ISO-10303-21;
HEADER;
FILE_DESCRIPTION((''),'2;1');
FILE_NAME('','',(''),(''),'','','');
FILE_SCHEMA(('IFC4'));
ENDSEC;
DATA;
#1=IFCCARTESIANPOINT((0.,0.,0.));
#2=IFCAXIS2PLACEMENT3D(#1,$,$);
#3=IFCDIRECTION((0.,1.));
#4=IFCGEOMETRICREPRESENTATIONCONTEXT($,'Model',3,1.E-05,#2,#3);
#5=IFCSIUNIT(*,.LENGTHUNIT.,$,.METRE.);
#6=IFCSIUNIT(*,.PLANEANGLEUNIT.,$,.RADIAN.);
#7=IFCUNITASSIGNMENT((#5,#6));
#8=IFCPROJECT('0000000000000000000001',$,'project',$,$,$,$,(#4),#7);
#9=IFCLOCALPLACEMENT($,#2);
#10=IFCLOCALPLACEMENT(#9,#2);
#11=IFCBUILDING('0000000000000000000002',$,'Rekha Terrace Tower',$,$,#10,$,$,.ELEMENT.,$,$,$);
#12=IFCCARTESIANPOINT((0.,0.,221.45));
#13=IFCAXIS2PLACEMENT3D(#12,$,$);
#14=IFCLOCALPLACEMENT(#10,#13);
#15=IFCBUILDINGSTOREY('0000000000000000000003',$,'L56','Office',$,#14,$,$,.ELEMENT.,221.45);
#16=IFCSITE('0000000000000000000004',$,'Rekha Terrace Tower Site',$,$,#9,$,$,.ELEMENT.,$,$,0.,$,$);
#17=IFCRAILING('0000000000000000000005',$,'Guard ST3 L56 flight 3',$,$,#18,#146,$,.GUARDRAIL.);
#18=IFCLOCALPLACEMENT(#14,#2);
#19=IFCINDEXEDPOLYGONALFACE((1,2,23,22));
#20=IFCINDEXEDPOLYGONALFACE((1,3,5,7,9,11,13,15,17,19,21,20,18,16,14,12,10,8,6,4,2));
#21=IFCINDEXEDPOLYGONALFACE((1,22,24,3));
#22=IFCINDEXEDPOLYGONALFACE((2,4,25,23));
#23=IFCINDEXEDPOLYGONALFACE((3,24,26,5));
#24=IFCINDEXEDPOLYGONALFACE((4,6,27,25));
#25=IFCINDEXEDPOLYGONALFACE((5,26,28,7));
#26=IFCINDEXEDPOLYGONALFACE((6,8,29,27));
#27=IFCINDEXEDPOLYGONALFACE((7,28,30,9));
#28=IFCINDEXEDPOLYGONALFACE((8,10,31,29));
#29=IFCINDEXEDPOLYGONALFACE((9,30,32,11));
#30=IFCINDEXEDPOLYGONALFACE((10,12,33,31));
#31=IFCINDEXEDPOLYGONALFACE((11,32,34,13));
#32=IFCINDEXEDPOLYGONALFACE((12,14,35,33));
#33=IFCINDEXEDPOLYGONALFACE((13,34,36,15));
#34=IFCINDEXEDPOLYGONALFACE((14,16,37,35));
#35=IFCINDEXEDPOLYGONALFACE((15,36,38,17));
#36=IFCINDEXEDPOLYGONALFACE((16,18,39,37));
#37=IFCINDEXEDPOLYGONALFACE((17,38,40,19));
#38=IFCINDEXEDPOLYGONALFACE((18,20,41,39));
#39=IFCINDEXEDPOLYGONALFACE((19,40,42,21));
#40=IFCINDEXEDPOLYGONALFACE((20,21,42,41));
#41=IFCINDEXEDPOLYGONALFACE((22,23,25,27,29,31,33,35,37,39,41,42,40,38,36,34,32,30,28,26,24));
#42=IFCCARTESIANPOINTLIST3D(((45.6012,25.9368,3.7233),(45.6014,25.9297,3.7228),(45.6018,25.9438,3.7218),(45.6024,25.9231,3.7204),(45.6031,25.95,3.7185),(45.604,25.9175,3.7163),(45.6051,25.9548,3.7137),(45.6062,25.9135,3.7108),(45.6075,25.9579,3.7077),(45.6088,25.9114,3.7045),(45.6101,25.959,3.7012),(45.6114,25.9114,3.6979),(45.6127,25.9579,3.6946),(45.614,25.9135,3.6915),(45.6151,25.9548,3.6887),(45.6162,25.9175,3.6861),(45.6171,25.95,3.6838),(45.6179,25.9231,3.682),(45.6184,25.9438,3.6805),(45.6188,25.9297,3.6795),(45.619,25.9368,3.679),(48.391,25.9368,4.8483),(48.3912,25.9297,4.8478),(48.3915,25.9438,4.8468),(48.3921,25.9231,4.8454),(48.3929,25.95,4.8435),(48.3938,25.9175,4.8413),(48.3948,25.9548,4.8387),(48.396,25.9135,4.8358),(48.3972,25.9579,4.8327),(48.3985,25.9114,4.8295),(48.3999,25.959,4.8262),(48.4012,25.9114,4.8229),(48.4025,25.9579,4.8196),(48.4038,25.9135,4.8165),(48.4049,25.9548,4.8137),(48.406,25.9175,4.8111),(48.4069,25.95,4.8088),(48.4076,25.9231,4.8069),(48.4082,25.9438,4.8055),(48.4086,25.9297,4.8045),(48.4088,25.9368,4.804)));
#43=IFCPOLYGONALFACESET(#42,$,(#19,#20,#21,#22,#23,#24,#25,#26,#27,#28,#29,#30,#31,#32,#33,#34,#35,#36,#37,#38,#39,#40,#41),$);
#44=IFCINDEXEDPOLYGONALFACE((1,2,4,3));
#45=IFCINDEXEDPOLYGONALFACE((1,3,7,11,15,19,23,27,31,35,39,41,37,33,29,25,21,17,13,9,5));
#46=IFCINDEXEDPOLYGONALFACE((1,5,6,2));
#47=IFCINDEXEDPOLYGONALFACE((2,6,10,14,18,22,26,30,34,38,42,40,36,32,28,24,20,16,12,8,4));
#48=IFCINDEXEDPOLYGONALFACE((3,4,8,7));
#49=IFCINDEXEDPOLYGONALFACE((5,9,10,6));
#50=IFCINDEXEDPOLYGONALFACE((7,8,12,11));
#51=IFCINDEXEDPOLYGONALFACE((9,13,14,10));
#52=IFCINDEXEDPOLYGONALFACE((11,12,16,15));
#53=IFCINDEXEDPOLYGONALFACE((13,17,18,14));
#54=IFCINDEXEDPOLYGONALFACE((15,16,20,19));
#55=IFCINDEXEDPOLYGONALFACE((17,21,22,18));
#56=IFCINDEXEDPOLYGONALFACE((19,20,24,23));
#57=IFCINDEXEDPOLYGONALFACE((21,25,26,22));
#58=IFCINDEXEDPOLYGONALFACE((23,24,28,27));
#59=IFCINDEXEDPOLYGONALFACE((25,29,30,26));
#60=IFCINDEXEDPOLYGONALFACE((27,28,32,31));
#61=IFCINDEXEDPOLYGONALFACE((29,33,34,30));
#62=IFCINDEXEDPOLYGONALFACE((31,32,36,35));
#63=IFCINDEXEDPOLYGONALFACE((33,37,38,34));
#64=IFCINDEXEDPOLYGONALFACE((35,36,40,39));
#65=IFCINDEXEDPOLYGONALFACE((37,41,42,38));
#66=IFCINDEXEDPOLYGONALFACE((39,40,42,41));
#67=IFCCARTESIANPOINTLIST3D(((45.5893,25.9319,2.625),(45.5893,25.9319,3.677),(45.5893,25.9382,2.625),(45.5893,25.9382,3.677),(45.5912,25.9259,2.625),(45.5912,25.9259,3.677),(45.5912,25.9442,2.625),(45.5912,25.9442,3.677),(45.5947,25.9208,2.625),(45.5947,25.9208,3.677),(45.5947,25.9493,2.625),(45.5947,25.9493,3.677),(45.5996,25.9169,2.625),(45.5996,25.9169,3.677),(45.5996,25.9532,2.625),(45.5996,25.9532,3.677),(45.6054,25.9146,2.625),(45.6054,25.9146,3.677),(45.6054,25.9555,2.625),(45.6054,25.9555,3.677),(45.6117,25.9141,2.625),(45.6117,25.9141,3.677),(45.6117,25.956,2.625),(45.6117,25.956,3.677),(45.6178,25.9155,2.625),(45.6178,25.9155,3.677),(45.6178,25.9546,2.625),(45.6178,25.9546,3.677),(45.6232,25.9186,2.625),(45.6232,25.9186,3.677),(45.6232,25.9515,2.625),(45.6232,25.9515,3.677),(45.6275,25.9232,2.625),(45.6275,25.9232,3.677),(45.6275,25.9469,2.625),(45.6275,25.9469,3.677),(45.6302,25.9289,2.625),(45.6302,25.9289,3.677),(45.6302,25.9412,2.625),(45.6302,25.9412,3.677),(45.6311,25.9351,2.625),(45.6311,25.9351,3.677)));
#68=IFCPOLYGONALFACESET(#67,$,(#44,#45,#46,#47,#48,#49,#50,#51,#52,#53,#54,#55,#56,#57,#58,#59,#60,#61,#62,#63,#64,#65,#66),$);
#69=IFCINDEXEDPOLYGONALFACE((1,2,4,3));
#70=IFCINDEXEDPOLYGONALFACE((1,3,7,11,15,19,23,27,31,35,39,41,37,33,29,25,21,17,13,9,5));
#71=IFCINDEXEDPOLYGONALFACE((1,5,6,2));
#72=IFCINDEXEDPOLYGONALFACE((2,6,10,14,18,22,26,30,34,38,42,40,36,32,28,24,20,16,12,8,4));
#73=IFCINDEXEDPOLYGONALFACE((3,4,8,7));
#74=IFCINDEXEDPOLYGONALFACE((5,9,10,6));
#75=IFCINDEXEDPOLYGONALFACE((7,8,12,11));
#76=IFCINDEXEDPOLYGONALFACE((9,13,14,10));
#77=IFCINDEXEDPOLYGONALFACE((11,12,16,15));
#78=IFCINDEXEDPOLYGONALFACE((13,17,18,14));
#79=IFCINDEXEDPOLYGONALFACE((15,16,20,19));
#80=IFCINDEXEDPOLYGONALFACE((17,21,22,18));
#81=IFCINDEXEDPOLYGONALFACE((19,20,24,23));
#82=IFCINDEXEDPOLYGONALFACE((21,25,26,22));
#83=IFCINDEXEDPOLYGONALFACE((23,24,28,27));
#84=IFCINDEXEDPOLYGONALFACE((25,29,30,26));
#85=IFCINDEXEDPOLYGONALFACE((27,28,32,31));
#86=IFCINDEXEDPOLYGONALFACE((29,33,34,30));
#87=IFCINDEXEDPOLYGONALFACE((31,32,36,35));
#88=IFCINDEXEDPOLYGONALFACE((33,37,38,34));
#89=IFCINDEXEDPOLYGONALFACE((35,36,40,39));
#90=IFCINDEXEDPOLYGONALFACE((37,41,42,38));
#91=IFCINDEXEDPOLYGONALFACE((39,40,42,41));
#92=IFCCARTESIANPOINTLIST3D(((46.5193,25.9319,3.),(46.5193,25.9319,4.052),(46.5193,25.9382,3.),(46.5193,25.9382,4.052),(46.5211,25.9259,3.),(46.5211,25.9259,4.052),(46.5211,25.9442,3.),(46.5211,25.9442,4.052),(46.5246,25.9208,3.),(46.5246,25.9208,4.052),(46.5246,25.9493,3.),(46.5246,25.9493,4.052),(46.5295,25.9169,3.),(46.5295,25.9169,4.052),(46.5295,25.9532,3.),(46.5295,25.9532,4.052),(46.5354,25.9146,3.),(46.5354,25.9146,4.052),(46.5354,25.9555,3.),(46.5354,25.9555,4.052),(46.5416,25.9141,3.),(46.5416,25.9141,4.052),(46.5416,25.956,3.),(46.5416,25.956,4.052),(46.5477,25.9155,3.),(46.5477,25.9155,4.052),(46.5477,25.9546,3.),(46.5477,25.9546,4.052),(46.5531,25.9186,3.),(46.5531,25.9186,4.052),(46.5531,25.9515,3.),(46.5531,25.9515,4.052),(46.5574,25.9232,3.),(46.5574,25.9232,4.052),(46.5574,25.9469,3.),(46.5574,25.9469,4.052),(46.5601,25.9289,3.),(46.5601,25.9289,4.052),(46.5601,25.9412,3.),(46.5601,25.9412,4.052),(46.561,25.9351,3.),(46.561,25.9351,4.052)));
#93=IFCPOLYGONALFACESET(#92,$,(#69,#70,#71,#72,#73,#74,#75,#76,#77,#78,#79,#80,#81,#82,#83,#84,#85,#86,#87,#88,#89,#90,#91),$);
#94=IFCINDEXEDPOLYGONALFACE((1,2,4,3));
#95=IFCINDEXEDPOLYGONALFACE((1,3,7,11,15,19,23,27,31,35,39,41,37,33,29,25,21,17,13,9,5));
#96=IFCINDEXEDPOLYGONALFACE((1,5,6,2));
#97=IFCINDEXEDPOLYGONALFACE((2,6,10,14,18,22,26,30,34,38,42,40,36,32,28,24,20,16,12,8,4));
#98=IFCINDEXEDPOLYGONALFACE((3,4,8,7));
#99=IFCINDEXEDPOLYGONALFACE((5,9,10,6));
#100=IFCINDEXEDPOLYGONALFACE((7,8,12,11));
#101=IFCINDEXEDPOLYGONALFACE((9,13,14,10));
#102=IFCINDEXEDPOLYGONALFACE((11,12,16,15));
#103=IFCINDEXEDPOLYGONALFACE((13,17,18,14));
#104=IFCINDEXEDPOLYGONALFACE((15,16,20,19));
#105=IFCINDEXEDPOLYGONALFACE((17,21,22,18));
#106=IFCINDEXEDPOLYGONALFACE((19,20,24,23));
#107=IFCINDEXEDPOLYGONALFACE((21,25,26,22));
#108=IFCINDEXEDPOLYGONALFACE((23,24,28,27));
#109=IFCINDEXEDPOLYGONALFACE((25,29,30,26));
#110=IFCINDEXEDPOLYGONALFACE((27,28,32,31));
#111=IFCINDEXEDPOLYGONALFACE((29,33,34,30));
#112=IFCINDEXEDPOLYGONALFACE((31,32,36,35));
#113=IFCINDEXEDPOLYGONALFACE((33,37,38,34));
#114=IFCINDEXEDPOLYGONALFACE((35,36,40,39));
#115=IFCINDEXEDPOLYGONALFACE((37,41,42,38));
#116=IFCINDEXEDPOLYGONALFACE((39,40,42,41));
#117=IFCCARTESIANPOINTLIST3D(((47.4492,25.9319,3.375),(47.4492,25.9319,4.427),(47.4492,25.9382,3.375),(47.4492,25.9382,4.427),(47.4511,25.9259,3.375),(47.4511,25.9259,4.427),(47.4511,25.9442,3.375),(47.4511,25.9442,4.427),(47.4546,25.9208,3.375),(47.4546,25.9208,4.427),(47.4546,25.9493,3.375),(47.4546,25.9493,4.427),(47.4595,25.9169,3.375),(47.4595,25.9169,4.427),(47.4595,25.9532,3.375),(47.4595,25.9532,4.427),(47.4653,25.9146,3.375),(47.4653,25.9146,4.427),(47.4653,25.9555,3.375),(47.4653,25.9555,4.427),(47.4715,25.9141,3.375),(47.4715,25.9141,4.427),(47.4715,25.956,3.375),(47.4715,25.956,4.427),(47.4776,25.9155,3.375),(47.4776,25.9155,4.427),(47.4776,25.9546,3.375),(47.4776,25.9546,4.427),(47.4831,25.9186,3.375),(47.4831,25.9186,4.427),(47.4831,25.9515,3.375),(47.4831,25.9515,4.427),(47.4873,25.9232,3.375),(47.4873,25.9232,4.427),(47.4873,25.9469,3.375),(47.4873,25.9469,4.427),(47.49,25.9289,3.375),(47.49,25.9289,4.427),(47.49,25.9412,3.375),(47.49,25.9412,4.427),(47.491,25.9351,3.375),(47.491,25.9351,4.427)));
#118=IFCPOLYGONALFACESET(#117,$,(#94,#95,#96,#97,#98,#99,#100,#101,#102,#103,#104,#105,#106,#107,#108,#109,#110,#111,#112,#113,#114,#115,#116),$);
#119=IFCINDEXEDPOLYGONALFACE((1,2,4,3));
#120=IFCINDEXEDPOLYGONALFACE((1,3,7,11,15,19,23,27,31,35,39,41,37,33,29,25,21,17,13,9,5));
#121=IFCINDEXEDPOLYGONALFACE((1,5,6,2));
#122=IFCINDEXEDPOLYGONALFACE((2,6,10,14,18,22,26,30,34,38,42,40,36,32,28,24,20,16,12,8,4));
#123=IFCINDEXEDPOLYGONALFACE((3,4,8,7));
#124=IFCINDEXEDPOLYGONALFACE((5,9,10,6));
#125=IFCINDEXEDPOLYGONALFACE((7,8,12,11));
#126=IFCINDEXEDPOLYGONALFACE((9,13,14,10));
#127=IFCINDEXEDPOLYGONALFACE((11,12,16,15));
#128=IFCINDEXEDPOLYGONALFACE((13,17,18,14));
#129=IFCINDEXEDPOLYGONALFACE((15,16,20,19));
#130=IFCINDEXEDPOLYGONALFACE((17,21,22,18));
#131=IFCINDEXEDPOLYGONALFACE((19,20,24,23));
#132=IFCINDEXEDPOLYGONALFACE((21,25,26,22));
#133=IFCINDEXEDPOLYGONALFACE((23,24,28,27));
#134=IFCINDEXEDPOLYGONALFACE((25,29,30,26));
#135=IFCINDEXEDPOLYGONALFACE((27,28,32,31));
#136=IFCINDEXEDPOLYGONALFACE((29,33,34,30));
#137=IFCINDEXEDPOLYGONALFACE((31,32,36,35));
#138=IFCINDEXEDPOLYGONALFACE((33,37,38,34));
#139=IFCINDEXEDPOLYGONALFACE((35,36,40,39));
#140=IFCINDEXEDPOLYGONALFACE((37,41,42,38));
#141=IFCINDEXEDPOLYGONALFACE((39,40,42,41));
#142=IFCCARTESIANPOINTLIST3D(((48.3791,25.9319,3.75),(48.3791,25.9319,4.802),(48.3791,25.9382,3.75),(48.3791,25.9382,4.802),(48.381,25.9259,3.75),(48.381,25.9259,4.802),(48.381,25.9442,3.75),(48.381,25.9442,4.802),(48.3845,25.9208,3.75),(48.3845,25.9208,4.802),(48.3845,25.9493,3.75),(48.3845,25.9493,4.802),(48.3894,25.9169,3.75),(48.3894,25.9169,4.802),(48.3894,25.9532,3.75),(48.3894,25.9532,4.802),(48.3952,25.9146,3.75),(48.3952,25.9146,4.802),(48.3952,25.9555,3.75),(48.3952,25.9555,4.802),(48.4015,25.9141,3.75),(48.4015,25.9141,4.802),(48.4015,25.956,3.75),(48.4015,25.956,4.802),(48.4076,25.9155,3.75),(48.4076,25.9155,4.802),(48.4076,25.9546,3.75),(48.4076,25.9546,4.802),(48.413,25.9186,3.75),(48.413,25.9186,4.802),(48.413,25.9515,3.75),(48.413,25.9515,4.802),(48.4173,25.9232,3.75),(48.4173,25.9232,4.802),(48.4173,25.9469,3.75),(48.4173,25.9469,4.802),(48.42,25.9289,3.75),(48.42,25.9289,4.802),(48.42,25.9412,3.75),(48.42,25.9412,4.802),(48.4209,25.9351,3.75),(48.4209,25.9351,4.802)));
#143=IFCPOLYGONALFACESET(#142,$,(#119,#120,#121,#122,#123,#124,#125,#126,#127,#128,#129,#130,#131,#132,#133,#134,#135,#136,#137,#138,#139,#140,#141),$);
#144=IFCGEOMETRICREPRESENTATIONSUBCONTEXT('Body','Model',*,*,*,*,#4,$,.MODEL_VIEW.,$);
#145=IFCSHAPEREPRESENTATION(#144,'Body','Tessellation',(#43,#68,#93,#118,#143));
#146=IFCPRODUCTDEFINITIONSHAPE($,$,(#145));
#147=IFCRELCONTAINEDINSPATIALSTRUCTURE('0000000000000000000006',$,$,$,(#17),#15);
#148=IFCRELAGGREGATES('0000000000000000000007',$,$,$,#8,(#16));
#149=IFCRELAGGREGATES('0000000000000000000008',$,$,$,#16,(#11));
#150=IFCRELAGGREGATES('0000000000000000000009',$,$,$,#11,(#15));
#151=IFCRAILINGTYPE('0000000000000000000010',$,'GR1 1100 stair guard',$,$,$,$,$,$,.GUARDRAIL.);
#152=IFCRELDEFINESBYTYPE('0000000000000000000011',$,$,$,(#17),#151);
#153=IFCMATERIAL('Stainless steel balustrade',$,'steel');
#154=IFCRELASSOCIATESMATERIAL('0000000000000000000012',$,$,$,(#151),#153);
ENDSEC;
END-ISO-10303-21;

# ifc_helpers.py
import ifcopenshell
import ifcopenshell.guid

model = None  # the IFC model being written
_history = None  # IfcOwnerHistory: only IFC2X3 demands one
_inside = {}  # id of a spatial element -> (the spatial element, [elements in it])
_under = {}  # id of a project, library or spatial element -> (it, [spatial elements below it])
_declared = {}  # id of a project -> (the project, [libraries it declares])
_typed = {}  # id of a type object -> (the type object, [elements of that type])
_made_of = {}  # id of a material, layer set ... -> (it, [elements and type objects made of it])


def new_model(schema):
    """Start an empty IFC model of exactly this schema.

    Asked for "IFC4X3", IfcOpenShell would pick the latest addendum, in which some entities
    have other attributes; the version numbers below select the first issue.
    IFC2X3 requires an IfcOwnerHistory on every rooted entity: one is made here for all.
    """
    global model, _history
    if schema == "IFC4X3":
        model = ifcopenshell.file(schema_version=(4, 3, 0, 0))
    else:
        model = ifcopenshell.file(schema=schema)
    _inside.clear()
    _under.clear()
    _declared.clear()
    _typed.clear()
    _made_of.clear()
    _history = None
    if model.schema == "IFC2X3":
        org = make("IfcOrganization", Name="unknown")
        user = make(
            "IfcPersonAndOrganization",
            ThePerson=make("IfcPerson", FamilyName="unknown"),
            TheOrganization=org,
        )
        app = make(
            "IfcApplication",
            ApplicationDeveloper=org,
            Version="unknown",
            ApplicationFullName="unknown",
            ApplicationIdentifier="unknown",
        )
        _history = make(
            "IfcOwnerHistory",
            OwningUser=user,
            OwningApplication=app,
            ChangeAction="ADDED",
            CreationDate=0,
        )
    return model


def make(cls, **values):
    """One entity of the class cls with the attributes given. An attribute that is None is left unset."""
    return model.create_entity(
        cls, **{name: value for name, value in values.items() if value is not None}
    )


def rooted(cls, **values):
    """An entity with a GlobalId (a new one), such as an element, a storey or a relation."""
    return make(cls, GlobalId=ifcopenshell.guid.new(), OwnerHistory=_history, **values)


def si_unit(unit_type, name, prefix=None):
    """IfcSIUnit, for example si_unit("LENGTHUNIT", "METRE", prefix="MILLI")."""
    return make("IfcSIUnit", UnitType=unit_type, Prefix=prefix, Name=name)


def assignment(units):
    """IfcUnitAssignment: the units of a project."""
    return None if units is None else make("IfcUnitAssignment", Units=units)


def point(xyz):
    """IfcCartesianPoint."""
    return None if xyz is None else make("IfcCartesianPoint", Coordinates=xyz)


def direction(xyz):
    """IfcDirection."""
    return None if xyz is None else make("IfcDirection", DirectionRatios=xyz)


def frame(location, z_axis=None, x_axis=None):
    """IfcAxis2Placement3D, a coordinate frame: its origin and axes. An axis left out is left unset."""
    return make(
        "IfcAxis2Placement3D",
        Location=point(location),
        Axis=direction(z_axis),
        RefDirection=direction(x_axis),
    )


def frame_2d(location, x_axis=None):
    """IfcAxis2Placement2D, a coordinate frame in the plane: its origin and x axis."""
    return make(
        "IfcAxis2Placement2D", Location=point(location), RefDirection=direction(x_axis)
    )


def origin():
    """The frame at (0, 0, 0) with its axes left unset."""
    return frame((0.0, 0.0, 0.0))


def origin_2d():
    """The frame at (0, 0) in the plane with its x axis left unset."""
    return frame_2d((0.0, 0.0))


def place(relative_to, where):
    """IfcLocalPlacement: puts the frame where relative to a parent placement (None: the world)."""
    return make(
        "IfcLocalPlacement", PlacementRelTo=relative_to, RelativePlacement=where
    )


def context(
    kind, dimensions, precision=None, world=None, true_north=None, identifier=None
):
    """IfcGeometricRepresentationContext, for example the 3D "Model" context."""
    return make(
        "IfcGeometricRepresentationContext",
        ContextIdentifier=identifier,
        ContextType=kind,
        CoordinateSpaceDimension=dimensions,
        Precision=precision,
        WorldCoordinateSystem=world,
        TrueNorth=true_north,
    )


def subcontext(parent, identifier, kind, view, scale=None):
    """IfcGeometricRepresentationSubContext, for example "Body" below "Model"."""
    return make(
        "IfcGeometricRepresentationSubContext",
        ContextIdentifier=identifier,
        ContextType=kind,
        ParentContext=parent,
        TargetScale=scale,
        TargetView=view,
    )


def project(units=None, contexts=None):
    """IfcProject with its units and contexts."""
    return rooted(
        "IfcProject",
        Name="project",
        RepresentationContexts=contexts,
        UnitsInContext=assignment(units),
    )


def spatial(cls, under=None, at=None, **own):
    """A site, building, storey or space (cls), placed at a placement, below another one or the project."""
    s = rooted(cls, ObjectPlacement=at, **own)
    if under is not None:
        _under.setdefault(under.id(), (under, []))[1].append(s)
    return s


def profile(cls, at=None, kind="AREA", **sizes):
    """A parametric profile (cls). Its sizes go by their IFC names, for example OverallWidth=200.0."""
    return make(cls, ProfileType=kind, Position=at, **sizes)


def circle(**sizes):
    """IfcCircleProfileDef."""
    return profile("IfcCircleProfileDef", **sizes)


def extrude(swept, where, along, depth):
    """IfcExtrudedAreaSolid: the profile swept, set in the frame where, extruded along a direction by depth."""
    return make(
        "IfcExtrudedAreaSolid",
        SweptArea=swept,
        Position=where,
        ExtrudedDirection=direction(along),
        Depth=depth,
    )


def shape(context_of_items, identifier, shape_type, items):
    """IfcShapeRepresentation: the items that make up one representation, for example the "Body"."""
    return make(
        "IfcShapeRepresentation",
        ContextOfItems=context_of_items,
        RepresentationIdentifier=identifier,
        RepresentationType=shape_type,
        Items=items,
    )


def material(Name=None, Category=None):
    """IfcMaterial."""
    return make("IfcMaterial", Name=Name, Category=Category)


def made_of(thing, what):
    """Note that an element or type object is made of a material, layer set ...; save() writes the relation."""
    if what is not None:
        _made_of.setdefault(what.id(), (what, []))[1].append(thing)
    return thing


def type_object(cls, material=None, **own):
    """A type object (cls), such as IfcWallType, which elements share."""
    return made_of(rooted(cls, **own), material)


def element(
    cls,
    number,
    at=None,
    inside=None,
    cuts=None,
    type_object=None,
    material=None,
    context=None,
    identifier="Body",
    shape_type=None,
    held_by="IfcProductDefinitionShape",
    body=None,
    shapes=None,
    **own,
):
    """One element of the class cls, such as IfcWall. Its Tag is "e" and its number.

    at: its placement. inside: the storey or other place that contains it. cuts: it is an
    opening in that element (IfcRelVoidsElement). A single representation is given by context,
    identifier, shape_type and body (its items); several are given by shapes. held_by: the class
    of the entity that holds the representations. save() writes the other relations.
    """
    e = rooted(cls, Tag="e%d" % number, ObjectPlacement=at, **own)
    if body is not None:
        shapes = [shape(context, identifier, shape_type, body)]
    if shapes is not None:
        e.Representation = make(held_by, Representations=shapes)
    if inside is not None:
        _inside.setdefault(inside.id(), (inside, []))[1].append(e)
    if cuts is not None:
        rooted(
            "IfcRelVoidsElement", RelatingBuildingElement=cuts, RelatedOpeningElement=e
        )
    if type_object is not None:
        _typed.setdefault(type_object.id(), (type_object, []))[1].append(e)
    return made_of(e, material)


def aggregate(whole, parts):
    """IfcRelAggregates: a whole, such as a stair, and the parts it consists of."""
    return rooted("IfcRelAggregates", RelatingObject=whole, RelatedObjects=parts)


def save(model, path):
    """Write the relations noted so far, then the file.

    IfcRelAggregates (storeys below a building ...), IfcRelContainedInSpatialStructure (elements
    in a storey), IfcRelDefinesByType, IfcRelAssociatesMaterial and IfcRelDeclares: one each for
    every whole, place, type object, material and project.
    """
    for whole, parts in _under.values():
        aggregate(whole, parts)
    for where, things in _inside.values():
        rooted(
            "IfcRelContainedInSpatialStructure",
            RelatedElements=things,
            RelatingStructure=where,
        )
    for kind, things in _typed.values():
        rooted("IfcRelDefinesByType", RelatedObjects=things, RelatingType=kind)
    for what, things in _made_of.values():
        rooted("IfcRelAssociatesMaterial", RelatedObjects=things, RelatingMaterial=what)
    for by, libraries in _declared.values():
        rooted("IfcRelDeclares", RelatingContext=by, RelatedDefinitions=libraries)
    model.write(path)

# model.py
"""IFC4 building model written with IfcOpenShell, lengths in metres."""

from ifc_helpers import new_model, si_unit, direction, frame, origin, origin_2d, place, context, subcontext, project, spatial, circle, extrude, material, type_object, element, save


model = new_model("IFC4")

# Units and contexts
model_context = context("Model", 3, precision=1e-05, world=origin(), true_north=direction((0.0, 1.0)))
body_context = subcontext(model_context, "Body", "Model", "MODEL_VIEW")
ifc_project = project(units=[si_unit("LENGTHUNIT", "METRE"), si_unit("PLANEANGLEUNIT", "RADIAN")], contexts=[model_context])

# Site, building, storey
site_placement = place(None, origin())
site = spatial("IfcSite", under=ifc_project, at=site_placement, Name="Rekha Terrace Tower Site", CompositionType="ELEMENT", RefElevation=0.0)
building_placement = place(site_placement, origin())
building = spatial("IfcBuilding", under=site, at=building_placement, Name="Rekha Terrace Tower", CompositionType="ELEMENT")
storey_placement = place(building_placement, frame((0.0, 0.0, 221.45)))
storey = spatial("IfcBuildingStorey", under=building, at=storey_placement, Name="L56", Description="Office", CompositionType="ELEMENT", Elevation=221.45)

# Railing
ifc_material_1 = material(Name="Stainless steel balustrade", Category="steel")
railing_type_1 = type_object("IfcRailingType", Name="GR1 1100 stair guard", PredefinedType="GUARDRAIL", material=ifc_material_1)
railing_1_placement = place(storey_placement, frame((45.6101, 25.9351, 2.625)))
element("IfcRailing", 1, at=railing_1_placement, inside=storey, type_object=railing_type_1, Name="Guard ST3 L56 flight 3", PredefinedType="GUARDRAIL", context=body_context, shape_type="SweptSolid", body=[
    extrude(circle(Radius=0.0239, at=origin_2d()), frame((0.0, 0.0, 1.0762), z_axis=(0.927432, 0.0, 0.373992), x_axis=(0.0, 1.0, 0.0)), (0.0, 0.0, 1.0), 3.0081),
    extrude(circle(Radius=0.021, at=origin_2d()), origin(), (0.0, 0.0, 1.0), 1.052),
    extrude(circle(Radius=0.021, at=origin_2d()), frame((0.9299, 0.0, 0.375)), (0.0, 0.0, 1.0), 1.052),
    extrude(circle(Radius=0.021, at=origin_2d()), frame((1.8599, 0.0, 0.75)), (0.0, 0.0, 1.0), 1.052),
    extrude(circle(Radius=0.021, at=origin_2d()), frame((2.7898, 0.0, 1.125)), (0.0, 0.0, 1.0), 1.052),
])

save(model, "model.ifc")
